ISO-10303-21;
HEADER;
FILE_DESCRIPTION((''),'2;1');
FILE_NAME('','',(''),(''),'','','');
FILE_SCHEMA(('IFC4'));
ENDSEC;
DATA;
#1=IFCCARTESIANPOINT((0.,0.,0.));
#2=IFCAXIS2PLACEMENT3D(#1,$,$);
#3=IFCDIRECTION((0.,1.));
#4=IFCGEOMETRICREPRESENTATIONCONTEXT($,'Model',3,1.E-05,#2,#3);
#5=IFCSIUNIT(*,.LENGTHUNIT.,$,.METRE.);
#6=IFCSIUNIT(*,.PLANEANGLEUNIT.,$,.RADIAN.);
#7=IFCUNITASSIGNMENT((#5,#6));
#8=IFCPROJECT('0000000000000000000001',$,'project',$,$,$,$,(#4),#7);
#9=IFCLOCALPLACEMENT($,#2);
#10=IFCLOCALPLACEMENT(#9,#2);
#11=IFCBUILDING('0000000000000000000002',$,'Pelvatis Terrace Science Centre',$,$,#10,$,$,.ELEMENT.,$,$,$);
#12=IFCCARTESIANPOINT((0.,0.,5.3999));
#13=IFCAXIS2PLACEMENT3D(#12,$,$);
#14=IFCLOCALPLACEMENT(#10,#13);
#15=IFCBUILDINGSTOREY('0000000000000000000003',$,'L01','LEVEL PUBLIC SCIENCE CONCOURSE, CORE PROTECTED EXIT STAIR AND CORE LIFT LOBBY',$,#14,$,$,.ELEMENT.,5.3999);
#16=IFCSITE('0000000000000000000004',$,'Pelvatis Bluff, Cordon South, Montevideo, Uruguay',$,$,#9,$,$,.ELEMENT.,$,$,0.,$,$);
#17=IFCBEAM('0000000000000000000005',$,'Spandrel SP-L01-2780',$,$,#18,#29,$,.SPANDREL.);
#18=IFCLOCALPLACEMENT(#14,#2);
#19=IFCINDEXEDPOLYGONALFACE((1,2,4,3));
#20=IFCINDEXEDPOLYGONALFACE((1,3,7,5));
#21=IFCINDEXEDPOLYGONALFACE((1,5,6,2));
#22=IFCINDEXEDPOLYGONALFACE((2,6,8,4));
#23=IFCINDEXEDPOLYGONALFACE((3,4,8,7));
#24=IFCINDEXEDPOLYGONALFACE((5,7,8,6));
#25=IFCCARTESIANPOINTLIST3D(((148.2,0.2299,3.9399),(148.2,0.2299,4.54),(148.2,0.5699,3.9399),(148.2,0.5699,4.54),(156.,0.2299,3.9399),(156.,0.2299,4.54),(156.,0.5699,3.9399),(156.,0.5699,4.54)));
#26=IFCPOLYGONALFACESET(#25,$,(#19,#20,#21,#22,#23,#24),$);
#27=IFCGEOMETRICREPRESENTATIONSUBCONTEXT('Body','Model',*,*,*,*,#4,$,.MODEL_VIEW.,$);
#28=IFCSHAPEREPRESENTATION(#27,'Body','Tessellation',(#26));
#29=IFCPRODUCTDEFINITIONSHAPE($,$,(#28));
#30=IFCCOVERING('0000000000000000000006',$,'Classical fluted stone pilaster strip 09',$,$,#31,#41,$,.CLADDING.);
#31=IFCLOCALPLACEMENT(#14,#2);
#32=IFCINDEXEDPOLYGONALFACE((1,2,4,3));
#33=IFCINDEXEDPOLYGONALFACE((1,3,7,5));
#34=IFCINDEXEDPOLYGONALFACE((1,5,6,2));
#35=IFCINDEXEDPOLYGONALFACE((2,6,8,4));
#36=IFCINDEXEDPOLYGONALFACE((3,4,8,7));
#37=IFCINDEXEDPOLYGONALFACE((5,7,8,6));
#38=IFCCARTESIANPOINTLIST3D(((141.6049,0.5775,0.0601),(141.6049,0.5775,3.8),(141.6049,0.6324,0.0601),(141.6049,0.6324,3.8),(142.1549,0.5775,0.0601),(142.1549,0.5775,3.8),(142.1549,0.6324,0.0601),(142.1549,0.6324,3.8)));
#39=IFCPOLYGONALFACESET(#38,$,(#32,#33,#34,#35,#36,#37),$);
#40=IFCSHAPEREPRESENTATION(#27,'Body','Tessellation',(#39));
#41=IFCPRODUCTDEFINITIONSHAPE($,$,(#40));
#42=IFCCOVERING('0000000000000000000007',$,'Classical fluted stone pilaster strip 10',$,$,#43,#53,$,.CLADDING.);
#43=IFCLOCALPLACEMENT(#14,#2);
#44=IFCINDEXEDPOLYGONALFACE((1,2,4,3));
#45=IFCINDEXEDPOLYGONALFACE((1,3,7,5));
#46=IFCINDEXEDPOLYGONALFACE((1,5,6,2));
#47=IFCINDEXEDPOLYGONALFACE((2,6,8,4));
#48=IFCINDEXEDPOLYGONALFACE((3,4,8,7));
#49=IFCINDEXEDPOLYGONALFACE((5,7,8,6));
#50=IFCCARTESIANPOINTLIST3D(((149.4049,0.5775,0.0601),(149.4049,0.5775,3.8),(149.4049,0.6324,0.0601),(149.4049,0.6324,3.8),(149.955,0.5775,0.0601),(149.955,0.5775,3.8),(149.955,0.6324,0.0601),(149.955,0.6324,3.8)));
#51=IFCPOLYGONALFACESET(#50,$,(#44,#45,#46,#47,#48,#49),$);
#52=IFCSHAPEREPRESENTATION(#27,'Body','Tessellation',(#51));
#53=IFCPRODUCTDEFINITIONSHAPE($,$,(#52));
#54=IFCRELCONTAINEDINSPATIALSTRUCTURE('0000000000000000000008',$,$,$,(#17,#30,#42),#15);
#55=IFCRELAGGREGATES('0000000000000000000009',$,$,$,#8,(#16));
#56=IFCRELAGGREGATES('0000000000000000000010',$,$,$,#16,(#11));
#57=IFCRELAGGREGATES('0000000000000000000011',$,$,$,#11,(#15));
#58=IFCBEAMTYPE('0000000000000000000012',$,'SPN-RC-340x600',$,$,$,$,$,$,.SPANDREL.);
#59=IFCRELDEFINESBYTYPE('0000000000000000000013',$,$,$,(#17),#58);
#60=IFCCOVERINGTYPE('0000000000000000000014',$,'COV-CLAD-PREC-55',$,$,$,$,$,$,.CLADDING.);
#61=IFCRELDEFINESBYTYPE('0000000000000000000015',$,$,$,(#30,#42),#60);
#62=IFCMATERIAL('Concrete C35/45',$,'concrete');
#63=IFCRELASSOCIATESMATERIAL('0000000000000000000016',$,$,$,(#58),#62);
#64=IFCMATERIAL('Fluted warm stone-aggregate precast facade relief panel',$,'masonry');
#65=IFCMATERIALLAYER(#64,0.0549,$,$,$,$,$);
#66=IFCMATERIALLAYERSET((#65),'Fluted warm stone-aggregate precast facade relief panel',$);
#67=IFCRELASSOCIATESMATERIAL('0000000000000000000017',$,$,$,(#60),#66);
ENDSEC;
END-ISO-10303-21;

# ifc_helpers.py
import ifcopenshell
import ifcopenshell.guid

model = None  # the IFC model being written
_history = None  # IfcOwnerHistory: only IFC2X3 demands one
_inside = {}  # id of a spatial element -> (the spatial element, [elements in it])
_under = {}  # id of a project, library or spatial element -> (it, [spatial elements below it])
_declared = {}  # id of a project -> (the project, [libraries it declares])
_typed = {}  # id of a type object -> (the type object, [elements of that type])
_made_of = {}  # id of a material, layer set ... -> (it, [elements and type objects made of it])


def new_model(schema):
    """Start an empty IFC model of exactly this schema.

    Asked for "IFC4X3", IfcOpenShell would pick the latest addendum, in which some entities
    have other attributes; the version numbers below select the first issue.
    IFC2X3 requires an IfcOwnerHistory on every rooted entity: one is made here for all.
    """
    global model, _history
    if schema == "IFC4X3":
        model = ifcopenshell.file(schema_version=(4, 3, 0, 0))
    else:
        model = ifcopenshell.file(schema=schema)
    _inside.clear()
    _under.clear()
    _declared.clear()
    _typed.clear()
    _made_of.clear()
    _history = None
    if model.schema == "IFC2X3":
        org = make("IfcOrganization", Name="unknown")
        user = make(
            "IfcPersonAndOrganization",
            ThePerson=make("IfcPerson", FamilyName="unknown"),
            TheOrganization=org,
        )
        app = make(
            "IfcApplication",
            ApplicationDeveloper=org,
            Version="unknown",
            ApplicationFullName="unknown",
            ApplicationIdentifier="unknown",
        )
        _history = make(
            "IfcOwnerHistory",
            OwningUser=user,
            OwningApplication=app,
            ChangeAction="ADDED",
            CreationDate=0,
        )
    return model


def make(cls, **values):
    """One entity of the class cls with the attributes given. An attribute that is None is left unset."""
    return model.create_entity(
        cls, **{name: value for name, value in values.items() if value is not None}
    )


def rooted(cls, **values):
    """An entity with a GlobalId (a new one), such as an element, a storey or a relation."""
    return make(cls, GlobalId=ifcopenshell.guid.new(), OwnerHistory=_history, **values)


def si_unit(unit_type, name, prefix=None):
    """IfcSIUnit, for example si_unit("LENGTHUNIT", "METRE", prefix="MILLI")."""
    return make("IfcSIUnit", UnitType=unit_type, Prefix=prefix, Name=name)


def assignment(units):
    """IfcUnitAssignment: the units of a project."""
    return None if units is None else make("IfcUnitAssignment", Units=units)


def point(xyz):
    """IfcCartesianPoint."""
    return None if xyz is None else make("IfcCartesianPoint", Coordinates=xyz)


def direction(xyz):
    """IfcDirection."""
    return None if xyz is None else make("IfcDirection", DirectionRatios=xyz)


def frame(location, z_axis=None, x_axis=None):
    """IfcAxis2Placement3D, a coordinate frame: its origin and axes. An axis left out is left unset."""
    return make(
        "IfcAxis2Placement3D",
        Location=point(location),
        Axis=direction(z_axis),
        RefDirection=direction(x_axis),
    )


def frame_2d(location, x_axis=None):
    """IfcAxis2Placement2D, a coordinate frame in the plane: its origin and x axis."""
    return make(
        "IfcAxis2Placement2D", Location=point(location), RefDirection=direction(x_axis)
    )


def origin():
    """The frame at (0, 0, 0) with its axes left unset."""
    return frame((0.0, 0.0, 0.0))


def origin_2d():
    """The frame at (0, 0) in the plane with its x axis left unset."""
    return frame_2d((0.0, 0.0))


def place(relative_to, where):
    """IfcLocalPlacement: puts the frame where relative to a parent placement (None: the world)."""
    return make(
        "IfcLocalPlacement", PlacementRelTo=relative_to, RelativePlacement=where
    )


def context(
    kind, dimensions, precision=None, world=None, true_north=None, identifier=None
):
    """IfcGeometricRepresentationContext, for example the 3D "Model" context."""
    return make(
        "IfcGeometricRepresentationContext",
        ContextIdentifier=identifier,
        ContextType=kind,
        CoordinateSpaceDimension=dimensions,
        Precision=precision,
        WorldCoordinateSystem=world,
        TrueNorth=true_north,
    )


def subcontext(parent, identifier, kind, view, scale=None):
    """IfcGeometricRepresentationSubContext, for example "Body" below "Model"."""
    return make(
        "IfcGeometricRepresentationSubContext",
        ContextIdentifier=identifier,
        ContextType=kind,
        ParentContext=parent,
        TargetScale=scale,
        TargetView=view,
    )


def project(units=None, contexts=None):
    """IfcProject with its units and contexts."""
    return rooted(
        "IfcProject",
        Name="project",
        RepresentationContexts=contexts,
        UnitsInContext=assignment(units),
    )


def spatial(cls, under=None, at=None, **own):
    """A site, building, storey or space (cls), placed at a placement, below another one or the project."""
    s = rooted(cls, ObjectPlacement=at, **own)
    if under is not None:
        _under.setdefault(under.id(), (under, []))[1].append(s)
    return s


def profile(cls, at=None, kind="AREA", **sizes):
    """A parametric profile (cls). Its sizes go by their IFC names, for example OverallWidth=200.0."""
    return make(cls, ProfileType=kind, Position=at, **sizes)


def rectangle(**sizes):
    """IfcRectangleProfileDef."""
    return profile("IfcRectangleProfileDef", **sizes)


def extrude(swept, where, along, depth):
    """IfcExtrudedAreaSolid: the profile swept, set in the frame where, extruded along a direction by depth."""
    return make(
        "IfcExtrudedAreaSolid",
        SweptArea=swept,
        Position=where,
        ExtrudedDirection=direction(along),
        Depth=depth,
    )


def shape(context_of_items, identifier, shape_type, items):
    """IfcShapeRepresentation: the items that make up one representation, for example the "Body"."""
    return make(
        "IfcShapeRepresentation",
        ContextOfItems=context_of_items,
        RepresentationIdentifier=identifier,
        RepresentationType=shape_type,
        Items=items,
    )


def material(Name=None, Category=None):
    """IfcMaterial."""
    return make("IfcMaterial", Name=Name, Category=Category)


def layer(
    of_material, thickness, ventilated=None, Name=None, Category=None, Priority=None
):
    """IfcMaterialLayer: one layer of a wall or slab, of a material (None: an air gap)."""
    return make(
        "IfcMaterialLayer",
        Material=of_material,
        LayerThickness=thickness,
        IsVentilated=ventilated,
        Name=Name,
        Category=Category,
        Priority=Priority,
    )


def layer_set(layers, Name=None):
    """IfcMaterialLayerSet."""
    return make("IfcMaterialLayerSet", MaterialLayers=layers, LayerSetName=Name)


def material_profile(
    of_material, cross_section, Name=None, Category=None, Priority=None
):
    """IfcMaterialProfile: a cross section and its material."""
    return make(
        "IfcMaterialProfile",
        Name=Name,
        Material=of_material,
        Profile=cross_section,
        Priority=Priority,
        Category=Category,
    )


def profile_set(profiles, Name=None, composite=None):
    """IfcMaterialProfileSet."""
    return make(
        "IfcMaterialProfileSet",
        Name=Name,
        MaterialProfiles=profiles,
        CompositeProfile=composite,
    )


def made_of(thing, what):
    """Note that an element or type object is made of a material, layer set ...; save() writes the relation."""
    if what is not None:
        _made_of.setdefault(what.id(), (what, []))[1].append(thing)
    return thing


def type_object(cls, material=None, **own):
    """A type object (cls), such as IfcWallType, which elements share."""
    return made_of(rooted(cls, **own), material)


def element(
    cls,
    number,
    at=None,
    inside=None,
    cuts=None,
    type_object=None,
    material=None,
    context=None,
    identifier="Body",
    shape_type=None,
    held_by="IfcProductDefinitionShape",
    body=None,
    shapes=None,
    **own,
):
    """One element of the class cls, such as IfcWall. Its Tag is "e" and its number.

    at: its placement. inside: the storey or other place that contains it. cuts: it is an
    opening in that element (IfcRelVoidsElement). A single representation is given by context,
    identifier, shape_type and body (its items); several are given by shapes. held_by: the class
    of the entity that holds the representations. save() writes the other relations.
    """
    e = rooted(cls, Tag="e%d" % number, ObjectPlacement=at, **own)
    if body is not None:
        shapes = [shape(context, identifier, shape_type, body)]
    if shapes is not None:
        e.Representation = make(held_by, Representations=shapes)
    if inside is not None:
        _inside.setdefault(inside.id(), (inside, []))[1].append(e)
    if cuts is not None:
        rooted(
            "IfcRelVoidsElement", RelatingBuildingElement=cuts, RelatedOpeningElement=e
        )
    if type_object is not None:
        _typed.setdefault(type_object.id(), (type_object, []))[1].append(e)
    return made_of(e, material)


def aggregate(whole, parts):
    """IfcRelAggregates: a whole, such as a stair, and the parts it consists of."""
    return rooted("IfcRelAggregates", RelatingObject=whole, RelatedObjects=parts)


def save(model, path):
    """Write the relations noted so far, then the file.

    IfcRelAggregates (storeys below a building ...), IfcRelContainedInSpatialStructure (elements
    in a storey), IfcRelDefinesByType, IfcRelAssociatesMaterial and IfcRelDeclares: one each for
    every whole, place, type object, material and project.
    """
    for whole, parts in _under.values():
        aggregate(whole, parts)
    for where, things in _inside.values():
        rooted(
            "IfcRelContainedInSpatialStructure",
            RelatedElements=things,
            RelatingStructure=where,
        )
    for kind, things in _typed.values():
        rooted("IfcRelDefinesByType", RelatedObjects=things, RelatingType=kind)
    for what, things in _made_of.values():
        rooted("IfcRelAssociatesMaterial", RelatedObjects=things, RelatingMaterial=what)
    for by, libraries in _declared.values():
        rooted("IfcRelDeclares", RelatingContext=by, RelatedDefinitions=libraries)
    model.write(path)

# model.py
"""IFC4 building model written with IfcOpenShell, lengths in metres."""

from ifc_helpers import new_model, si_unit, direction, frame, origin, origin_2d, place, context, subcontext, project, spatial, rectangle, extrude, material, layer, layer_set, material_profile, profile_set, type_object, element, save


model = new_model("IFC4")

# Units and contexts
model_context = context("Model", 3, precision=1e-05, world=origin(), true_north=direction((0.0, 1.0)))
body_context = subcontext(model_context, "Body", "Model", "MODEL_VIEW")
ifc_project = project(units=[si_unit("LENGTHUNIT", "METRE"), si_unit("PLANEANGLEUNIT", "RADIAN")], contexts=[model_context])

# Site, building, storey
site_placement = place(None, origin())
site = spatial("IfcSite", under=ifc_project, at=site_placement, Name="Pelvatis Bluff, Cordon South, Montevideo, Uruguay", CompositionType="ELEMENT", RefElevation=0.0)
building_placement = place(site_placement, origin())
building = spatial("IfcBuilding", under=site, at=building_placement, Name="Pelvatis Terrace Science Centre", CompositionType="ELEMENT")
storey_placement = place(building_placement, frame((0.0, 0.0, 5.3999)))
storey = spatial("IfcBuildingStorey", under=building, at=storey_placement, Name="L01", Description="LEVEL PUBLIC SCIENCE CONCOURSE, CORE PROTECTED EXIT STAIR AND CORE LIFT LOBBY", CompositionType="ELEMENT", Elevation=5.3999)

# Beam
ifc_material_1 = material(Name="Concrete C35/45", Category="concrete")
ifc_material_profile_1 = material_profile(ifc_material_1, rectangle(XDim=0.3401, YDim=0.6001, at=origin_2d()), Name="RC-SPN 340x600")
ifc_profile_set_1 = profile_set([ifc_material_profile_1], Name="Concrete C35/45")
beam_type_1 = type_object("IfcBeamType", Name="SPN-RC-340x600", PredefinedType="SPANDREL", material=ifc_profile_set_1)
beam_1_placement = place(storey_placement, frame((148.2, 0.3999, 4.24), z_axis=(1.0, 0.0, 0.0), x_axis=(0.0, 1.0, 0.0)))
element("IfcBeam", 1, at=beam_1_placement, inside=storey, type_object=beam_type_1, Name="Spandrel SP-L01-2780", PredefinedType="SPANDREL", context=body_context, shape_type="SweptSolid", body=[
    extrude(rectangle(XDim=0.3401, YDim=0.6001, at=origin_2d()), origin(), (0.0, 0.0, 1.0), 7.8),
])

# Coverings
ifc_material_2 = material(Name="Fluted warm stone-aggregate precast facade relief panel", Category="masonry")
ifc_layer = layer(ifc_material_2, 0.0549)
ifc_layer_set = layer_set([ifc_layer], Name="Fluted warm stone-aggregate precast facade relief panel")
covering_type = type_object("IfcCoveringType", Name="COV-CLAD-PREC-55", PredefinedType="CLADDING", material=ifc_layer_set)
for number, where, z_axis, x_axis, name in (
    (2, (141.8799, 0.605, 0.0601), (0.0, 0.0, 1.0), (1.0, 0.0, 0.0), "Classical fluted stone pilaster strip 09"),
    (3, (149.6799, 0.605, 0.0601), (0.0, 0.0, 1.0), (1.0, 0.0, 0.0), "Classical fluted stone pilaster strip 10"),
):
    element("IfcCovering", number, at=place(storey_placement, frame(where, z_axis=z_axis, x_axis=x_axis)), inside=storey, type_object=covering_type, Name=name, PredefinedType="CLADDING", context=body_context, shape_type="SweptSolid", body=[
        extrude(rectangle(XDim=0.55, YDim=0.0549, at=origin_2d()), origin(), (0.0, 0.0, 1.0), 3.74),
    ])

save(model, "model.ifc")
